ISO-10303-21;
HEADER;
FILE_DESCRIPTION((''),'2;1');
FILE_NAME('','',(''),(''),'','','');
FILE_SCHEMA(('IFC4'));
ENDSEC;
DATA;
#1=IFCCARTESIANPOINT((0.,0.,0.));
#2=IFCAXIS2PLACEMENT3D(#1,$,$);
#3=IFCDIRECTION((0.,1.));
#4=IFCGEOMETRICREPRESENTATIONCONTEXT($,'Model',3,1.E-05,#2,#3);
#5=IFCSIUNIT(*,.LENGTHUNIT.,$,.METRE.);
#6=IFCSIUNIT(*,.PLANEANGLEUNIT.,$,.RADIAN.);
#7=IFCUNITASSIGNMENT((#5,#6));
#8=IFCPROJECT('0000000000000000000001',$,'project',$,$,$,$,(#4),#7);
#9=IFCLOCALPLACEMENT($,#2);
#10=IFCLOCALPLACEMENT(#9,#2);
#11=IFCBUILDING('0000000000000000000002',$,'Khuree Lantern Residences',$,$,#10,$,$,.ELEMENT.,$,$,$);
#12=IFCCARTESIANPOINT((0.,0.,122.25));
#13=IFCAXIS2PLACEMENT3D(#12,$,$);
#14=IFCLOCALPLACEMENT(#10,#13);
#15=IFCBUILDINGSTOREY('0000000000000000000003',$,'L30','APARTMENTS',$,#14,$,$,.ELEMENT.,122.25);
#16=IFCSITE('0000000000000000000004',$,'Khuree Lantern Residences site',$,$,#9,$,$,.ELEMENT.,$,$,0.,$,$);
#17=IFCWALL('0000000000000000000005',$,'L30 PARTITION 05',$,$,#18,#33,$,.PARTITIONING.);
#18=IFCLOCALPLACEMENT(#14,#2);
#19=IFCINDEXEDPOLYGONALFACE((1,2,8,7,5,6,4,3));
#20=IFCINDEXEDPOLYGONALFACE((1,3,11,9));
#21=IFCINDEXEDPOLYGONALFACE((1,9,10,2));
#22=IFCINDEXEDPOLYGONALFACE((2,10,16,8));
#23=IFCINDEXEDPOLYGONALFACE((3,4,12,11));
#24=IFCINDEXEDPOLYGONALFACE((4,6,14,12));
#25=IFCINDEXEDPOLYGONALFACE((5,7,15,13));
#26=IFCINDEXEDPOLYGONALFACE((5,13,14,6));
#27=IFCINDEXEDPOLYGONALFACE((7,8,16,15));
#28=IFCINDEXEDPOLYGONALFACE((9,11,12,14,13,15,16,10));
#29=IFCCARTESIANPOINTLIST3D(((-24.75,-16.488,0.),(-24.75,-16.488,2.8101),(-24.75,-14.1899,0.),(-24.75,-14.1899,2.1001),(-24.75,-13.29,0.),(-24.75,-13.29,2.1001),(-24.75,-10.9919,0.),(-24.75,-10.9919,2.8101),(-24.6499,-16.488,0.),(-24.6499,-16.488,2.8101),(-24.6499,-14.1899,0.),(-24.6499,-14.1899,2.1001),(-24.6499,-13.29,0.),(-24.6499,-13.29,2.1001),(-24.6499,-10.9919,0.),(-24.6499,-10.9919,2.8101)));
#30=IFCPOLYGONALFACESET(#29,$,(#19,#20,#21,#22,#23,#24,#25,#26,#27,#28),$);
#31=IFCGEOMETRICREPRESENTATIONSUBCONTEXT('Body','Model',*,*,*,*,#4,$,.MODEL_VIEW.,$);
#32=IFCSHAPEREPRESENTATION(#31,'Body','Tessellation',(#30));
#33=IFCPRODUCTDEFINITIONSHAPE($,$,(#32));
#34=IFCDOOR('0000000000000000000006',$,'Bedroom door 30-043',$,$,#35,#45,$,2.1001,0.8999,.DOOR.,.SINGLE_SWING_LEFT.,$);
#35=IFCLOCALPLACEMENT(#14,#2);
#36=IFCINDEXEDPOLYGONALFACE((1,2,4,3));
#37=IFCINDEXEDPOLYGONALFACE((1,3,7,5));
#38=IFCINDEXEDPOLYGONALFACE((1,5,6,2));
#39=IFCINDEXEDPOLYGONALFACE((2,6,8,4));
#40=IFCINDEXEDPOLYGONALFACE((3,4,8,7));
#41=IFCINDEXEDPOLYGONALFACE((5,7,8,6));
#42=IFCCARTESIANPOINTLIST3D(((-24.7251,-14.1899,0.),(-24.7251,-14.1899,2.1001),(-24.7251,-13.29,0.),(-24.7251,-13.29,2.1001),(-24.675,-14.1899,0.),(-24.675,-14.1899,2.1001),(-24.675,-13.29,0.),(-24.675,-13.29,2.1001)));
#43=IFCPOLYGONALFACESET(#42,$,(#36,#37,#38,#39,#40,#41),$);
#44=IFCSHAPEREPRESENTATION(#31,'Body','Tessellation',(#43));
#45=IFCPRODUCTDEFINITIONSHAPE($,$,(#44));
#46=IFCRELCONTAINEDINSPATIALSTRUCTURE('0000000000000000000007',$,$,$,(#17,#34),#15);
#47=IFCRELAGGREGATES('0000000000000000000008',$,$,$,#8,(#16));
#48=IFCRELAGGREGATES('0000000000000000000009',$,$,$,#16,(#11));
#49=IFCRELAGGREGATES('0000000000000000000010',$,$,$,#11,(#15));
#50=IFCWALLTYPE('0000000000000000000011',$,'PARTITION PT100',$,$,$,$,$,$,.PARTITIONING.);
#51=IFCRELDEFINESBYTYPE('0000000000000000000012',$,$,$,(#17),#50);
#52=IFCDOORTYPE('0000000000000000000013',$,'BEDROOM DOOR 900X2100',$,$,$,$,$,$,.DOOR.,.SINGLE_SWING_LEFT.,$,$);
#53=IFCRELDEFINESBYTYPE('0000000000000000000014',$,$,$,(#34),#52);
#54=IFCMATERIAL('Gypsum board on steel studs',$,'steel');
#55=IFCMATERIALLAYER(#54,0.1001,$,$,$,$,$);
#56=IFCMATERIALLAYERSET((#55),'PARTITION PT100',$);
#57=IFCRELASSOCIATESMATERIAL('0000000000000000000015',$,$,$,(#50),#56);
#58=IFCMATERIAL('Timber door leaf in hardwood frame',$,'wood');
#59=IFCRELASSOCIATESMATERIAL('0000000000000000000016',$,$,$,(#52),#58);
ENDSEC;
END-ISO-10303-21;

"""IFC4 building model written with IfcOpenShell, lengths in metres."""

from ifc_helpers import new_model, si_unit, direction, frame, frame_2d, origin, place, context, subcontext, project, spatial, rectangle, extrude, material, layer, layer_set, type_object, element, fill, save


model = new_model("IFC4")

# Units and contexts
model_context = context("Model", 3, precision=1e-05, world=origin(), true_north=direction((0.0, 1.0)))
body_context = subcontext(model_context, "Body", "Model", "MODEL_VIEW")
ifc_project = project(units=[si_unit("LENGTHUNIT", "METRE"), si_unit("PLANEANGLEUNIT", "RADIAN")], contexts=[model_context])

# Site, building, storey
site_placement = place(None, origin())
site = spatial("IfcSite", under=ifc_project, at=site_placement, Name="Khuree Lantern Residences site", CompositionType="ELEMENT", RefElevation=0.0)
building_placement = place(site_placement, origin())
building = spatial("IfcBuilding", under=site, at=building_placement, Name="Khuree Lantern Residences", CompositionType="ELEMENT")
storey_placement = place(building_placement, frame((0.0, 0.0, 122.25)))
storey = spatial("IfcBuildingStorey", under=building, at=storey_placement, Name="L30", Description="APARTMENTS", CompositionType="ELEMENT", Elevation=122.25)

# Shared definitions
ifc_material_1 = material(Name="Timber door leaf in hardwood frame", Category="wood")

# Shared definitions
ifc_material_2 = material(Name="Gypsum board on steel studs", Category="steel")
ifc_layer_1 = layer(ifc_material_2, 0.1001)
ifc_layer_set_1 = layer_set([ifc_layer_1], Name="PARTITION PT100")
wall_type_1 = type_object("IfcWallType", Name="PARTITION PT100", PredefinedType="PARTITIONING", material=ifc_layer_set_1)

# Wall, opening, door
wall_1_placement = place(storey_placement, frame((-24.7, -10.9919, 0.0), z_axis=(0.0, 0.0, 1.0), x_axis=(0.0, -1.0, 0.0)))
wall_1 = element("IfcWall", 1, at=wall_1_placement, inside=storey, type_object=wall_type_1, Name="L30 PARTITION 05", PredefinedType="PARTITIONING", context=body_context, shape_type="SweptSolid", body=[
    extrude(rectangle(XDim=5.4961, YDim=0.1001, at=frame_2d((2.748, 0.0))), origin(), (0.0, 0.0, 1.0), 2.8101),
])
opening_1_placement = place(wall_1_placement, frame((2.2981, 0.0, 0.0)))
opening_1 = element("IfcOpeningElement", 2, at=opening_1_placement, cuts=wall_1, PredefinedType="OPENING", context=body_context, shape_type="SweptSolid", body=[
    extrude(rectangle(XDim=0.8999, YDim=2.1001, at=frame_2d((0.45, 1.05))), frame((0.0, 0.0601, 0.0), z_axis=(0.0, -1.0, 0.0), x_axis=(1.0, 0.0, 0.0)), (0.0, 0.0, 1.0), 0.1201),
])
door_type_1 = type_object("IfcDoorType", Name="BEDROOM DOOR 900X2100", OperationType="SINGLE_SWING_LEFT", PredefinedType="DOOR", material=ifc_material_1)
door_1_placement = place(opening_1_placement, origin())
door_1 = element("IfcDoor", 3, at=door_1_placement, inside=storey, type_object=door_type_1, Name="Bedroom door 30-043", OperationType="SINGLE_SWING_LEFT", OverallHeight=2.1001, OverallWidth=0.8999, PredefinedType="DOOR", context=body_context, shape_type="SweptSolid", body=[
    extrude(rectangle(XDim=0.8999, YDim=2.1001, at=frame_2d((0.45, 1.05))), frame((0.0, 0.0249, 0.0), z_axis=(0.0, -1.0, 0.0), x_axis=(1.0, 0.0, 0.0)), (0.0, 0.0, 1.0), 0.05),
])
fill(opening_1, door_1)

save(model, "model.ifc")
